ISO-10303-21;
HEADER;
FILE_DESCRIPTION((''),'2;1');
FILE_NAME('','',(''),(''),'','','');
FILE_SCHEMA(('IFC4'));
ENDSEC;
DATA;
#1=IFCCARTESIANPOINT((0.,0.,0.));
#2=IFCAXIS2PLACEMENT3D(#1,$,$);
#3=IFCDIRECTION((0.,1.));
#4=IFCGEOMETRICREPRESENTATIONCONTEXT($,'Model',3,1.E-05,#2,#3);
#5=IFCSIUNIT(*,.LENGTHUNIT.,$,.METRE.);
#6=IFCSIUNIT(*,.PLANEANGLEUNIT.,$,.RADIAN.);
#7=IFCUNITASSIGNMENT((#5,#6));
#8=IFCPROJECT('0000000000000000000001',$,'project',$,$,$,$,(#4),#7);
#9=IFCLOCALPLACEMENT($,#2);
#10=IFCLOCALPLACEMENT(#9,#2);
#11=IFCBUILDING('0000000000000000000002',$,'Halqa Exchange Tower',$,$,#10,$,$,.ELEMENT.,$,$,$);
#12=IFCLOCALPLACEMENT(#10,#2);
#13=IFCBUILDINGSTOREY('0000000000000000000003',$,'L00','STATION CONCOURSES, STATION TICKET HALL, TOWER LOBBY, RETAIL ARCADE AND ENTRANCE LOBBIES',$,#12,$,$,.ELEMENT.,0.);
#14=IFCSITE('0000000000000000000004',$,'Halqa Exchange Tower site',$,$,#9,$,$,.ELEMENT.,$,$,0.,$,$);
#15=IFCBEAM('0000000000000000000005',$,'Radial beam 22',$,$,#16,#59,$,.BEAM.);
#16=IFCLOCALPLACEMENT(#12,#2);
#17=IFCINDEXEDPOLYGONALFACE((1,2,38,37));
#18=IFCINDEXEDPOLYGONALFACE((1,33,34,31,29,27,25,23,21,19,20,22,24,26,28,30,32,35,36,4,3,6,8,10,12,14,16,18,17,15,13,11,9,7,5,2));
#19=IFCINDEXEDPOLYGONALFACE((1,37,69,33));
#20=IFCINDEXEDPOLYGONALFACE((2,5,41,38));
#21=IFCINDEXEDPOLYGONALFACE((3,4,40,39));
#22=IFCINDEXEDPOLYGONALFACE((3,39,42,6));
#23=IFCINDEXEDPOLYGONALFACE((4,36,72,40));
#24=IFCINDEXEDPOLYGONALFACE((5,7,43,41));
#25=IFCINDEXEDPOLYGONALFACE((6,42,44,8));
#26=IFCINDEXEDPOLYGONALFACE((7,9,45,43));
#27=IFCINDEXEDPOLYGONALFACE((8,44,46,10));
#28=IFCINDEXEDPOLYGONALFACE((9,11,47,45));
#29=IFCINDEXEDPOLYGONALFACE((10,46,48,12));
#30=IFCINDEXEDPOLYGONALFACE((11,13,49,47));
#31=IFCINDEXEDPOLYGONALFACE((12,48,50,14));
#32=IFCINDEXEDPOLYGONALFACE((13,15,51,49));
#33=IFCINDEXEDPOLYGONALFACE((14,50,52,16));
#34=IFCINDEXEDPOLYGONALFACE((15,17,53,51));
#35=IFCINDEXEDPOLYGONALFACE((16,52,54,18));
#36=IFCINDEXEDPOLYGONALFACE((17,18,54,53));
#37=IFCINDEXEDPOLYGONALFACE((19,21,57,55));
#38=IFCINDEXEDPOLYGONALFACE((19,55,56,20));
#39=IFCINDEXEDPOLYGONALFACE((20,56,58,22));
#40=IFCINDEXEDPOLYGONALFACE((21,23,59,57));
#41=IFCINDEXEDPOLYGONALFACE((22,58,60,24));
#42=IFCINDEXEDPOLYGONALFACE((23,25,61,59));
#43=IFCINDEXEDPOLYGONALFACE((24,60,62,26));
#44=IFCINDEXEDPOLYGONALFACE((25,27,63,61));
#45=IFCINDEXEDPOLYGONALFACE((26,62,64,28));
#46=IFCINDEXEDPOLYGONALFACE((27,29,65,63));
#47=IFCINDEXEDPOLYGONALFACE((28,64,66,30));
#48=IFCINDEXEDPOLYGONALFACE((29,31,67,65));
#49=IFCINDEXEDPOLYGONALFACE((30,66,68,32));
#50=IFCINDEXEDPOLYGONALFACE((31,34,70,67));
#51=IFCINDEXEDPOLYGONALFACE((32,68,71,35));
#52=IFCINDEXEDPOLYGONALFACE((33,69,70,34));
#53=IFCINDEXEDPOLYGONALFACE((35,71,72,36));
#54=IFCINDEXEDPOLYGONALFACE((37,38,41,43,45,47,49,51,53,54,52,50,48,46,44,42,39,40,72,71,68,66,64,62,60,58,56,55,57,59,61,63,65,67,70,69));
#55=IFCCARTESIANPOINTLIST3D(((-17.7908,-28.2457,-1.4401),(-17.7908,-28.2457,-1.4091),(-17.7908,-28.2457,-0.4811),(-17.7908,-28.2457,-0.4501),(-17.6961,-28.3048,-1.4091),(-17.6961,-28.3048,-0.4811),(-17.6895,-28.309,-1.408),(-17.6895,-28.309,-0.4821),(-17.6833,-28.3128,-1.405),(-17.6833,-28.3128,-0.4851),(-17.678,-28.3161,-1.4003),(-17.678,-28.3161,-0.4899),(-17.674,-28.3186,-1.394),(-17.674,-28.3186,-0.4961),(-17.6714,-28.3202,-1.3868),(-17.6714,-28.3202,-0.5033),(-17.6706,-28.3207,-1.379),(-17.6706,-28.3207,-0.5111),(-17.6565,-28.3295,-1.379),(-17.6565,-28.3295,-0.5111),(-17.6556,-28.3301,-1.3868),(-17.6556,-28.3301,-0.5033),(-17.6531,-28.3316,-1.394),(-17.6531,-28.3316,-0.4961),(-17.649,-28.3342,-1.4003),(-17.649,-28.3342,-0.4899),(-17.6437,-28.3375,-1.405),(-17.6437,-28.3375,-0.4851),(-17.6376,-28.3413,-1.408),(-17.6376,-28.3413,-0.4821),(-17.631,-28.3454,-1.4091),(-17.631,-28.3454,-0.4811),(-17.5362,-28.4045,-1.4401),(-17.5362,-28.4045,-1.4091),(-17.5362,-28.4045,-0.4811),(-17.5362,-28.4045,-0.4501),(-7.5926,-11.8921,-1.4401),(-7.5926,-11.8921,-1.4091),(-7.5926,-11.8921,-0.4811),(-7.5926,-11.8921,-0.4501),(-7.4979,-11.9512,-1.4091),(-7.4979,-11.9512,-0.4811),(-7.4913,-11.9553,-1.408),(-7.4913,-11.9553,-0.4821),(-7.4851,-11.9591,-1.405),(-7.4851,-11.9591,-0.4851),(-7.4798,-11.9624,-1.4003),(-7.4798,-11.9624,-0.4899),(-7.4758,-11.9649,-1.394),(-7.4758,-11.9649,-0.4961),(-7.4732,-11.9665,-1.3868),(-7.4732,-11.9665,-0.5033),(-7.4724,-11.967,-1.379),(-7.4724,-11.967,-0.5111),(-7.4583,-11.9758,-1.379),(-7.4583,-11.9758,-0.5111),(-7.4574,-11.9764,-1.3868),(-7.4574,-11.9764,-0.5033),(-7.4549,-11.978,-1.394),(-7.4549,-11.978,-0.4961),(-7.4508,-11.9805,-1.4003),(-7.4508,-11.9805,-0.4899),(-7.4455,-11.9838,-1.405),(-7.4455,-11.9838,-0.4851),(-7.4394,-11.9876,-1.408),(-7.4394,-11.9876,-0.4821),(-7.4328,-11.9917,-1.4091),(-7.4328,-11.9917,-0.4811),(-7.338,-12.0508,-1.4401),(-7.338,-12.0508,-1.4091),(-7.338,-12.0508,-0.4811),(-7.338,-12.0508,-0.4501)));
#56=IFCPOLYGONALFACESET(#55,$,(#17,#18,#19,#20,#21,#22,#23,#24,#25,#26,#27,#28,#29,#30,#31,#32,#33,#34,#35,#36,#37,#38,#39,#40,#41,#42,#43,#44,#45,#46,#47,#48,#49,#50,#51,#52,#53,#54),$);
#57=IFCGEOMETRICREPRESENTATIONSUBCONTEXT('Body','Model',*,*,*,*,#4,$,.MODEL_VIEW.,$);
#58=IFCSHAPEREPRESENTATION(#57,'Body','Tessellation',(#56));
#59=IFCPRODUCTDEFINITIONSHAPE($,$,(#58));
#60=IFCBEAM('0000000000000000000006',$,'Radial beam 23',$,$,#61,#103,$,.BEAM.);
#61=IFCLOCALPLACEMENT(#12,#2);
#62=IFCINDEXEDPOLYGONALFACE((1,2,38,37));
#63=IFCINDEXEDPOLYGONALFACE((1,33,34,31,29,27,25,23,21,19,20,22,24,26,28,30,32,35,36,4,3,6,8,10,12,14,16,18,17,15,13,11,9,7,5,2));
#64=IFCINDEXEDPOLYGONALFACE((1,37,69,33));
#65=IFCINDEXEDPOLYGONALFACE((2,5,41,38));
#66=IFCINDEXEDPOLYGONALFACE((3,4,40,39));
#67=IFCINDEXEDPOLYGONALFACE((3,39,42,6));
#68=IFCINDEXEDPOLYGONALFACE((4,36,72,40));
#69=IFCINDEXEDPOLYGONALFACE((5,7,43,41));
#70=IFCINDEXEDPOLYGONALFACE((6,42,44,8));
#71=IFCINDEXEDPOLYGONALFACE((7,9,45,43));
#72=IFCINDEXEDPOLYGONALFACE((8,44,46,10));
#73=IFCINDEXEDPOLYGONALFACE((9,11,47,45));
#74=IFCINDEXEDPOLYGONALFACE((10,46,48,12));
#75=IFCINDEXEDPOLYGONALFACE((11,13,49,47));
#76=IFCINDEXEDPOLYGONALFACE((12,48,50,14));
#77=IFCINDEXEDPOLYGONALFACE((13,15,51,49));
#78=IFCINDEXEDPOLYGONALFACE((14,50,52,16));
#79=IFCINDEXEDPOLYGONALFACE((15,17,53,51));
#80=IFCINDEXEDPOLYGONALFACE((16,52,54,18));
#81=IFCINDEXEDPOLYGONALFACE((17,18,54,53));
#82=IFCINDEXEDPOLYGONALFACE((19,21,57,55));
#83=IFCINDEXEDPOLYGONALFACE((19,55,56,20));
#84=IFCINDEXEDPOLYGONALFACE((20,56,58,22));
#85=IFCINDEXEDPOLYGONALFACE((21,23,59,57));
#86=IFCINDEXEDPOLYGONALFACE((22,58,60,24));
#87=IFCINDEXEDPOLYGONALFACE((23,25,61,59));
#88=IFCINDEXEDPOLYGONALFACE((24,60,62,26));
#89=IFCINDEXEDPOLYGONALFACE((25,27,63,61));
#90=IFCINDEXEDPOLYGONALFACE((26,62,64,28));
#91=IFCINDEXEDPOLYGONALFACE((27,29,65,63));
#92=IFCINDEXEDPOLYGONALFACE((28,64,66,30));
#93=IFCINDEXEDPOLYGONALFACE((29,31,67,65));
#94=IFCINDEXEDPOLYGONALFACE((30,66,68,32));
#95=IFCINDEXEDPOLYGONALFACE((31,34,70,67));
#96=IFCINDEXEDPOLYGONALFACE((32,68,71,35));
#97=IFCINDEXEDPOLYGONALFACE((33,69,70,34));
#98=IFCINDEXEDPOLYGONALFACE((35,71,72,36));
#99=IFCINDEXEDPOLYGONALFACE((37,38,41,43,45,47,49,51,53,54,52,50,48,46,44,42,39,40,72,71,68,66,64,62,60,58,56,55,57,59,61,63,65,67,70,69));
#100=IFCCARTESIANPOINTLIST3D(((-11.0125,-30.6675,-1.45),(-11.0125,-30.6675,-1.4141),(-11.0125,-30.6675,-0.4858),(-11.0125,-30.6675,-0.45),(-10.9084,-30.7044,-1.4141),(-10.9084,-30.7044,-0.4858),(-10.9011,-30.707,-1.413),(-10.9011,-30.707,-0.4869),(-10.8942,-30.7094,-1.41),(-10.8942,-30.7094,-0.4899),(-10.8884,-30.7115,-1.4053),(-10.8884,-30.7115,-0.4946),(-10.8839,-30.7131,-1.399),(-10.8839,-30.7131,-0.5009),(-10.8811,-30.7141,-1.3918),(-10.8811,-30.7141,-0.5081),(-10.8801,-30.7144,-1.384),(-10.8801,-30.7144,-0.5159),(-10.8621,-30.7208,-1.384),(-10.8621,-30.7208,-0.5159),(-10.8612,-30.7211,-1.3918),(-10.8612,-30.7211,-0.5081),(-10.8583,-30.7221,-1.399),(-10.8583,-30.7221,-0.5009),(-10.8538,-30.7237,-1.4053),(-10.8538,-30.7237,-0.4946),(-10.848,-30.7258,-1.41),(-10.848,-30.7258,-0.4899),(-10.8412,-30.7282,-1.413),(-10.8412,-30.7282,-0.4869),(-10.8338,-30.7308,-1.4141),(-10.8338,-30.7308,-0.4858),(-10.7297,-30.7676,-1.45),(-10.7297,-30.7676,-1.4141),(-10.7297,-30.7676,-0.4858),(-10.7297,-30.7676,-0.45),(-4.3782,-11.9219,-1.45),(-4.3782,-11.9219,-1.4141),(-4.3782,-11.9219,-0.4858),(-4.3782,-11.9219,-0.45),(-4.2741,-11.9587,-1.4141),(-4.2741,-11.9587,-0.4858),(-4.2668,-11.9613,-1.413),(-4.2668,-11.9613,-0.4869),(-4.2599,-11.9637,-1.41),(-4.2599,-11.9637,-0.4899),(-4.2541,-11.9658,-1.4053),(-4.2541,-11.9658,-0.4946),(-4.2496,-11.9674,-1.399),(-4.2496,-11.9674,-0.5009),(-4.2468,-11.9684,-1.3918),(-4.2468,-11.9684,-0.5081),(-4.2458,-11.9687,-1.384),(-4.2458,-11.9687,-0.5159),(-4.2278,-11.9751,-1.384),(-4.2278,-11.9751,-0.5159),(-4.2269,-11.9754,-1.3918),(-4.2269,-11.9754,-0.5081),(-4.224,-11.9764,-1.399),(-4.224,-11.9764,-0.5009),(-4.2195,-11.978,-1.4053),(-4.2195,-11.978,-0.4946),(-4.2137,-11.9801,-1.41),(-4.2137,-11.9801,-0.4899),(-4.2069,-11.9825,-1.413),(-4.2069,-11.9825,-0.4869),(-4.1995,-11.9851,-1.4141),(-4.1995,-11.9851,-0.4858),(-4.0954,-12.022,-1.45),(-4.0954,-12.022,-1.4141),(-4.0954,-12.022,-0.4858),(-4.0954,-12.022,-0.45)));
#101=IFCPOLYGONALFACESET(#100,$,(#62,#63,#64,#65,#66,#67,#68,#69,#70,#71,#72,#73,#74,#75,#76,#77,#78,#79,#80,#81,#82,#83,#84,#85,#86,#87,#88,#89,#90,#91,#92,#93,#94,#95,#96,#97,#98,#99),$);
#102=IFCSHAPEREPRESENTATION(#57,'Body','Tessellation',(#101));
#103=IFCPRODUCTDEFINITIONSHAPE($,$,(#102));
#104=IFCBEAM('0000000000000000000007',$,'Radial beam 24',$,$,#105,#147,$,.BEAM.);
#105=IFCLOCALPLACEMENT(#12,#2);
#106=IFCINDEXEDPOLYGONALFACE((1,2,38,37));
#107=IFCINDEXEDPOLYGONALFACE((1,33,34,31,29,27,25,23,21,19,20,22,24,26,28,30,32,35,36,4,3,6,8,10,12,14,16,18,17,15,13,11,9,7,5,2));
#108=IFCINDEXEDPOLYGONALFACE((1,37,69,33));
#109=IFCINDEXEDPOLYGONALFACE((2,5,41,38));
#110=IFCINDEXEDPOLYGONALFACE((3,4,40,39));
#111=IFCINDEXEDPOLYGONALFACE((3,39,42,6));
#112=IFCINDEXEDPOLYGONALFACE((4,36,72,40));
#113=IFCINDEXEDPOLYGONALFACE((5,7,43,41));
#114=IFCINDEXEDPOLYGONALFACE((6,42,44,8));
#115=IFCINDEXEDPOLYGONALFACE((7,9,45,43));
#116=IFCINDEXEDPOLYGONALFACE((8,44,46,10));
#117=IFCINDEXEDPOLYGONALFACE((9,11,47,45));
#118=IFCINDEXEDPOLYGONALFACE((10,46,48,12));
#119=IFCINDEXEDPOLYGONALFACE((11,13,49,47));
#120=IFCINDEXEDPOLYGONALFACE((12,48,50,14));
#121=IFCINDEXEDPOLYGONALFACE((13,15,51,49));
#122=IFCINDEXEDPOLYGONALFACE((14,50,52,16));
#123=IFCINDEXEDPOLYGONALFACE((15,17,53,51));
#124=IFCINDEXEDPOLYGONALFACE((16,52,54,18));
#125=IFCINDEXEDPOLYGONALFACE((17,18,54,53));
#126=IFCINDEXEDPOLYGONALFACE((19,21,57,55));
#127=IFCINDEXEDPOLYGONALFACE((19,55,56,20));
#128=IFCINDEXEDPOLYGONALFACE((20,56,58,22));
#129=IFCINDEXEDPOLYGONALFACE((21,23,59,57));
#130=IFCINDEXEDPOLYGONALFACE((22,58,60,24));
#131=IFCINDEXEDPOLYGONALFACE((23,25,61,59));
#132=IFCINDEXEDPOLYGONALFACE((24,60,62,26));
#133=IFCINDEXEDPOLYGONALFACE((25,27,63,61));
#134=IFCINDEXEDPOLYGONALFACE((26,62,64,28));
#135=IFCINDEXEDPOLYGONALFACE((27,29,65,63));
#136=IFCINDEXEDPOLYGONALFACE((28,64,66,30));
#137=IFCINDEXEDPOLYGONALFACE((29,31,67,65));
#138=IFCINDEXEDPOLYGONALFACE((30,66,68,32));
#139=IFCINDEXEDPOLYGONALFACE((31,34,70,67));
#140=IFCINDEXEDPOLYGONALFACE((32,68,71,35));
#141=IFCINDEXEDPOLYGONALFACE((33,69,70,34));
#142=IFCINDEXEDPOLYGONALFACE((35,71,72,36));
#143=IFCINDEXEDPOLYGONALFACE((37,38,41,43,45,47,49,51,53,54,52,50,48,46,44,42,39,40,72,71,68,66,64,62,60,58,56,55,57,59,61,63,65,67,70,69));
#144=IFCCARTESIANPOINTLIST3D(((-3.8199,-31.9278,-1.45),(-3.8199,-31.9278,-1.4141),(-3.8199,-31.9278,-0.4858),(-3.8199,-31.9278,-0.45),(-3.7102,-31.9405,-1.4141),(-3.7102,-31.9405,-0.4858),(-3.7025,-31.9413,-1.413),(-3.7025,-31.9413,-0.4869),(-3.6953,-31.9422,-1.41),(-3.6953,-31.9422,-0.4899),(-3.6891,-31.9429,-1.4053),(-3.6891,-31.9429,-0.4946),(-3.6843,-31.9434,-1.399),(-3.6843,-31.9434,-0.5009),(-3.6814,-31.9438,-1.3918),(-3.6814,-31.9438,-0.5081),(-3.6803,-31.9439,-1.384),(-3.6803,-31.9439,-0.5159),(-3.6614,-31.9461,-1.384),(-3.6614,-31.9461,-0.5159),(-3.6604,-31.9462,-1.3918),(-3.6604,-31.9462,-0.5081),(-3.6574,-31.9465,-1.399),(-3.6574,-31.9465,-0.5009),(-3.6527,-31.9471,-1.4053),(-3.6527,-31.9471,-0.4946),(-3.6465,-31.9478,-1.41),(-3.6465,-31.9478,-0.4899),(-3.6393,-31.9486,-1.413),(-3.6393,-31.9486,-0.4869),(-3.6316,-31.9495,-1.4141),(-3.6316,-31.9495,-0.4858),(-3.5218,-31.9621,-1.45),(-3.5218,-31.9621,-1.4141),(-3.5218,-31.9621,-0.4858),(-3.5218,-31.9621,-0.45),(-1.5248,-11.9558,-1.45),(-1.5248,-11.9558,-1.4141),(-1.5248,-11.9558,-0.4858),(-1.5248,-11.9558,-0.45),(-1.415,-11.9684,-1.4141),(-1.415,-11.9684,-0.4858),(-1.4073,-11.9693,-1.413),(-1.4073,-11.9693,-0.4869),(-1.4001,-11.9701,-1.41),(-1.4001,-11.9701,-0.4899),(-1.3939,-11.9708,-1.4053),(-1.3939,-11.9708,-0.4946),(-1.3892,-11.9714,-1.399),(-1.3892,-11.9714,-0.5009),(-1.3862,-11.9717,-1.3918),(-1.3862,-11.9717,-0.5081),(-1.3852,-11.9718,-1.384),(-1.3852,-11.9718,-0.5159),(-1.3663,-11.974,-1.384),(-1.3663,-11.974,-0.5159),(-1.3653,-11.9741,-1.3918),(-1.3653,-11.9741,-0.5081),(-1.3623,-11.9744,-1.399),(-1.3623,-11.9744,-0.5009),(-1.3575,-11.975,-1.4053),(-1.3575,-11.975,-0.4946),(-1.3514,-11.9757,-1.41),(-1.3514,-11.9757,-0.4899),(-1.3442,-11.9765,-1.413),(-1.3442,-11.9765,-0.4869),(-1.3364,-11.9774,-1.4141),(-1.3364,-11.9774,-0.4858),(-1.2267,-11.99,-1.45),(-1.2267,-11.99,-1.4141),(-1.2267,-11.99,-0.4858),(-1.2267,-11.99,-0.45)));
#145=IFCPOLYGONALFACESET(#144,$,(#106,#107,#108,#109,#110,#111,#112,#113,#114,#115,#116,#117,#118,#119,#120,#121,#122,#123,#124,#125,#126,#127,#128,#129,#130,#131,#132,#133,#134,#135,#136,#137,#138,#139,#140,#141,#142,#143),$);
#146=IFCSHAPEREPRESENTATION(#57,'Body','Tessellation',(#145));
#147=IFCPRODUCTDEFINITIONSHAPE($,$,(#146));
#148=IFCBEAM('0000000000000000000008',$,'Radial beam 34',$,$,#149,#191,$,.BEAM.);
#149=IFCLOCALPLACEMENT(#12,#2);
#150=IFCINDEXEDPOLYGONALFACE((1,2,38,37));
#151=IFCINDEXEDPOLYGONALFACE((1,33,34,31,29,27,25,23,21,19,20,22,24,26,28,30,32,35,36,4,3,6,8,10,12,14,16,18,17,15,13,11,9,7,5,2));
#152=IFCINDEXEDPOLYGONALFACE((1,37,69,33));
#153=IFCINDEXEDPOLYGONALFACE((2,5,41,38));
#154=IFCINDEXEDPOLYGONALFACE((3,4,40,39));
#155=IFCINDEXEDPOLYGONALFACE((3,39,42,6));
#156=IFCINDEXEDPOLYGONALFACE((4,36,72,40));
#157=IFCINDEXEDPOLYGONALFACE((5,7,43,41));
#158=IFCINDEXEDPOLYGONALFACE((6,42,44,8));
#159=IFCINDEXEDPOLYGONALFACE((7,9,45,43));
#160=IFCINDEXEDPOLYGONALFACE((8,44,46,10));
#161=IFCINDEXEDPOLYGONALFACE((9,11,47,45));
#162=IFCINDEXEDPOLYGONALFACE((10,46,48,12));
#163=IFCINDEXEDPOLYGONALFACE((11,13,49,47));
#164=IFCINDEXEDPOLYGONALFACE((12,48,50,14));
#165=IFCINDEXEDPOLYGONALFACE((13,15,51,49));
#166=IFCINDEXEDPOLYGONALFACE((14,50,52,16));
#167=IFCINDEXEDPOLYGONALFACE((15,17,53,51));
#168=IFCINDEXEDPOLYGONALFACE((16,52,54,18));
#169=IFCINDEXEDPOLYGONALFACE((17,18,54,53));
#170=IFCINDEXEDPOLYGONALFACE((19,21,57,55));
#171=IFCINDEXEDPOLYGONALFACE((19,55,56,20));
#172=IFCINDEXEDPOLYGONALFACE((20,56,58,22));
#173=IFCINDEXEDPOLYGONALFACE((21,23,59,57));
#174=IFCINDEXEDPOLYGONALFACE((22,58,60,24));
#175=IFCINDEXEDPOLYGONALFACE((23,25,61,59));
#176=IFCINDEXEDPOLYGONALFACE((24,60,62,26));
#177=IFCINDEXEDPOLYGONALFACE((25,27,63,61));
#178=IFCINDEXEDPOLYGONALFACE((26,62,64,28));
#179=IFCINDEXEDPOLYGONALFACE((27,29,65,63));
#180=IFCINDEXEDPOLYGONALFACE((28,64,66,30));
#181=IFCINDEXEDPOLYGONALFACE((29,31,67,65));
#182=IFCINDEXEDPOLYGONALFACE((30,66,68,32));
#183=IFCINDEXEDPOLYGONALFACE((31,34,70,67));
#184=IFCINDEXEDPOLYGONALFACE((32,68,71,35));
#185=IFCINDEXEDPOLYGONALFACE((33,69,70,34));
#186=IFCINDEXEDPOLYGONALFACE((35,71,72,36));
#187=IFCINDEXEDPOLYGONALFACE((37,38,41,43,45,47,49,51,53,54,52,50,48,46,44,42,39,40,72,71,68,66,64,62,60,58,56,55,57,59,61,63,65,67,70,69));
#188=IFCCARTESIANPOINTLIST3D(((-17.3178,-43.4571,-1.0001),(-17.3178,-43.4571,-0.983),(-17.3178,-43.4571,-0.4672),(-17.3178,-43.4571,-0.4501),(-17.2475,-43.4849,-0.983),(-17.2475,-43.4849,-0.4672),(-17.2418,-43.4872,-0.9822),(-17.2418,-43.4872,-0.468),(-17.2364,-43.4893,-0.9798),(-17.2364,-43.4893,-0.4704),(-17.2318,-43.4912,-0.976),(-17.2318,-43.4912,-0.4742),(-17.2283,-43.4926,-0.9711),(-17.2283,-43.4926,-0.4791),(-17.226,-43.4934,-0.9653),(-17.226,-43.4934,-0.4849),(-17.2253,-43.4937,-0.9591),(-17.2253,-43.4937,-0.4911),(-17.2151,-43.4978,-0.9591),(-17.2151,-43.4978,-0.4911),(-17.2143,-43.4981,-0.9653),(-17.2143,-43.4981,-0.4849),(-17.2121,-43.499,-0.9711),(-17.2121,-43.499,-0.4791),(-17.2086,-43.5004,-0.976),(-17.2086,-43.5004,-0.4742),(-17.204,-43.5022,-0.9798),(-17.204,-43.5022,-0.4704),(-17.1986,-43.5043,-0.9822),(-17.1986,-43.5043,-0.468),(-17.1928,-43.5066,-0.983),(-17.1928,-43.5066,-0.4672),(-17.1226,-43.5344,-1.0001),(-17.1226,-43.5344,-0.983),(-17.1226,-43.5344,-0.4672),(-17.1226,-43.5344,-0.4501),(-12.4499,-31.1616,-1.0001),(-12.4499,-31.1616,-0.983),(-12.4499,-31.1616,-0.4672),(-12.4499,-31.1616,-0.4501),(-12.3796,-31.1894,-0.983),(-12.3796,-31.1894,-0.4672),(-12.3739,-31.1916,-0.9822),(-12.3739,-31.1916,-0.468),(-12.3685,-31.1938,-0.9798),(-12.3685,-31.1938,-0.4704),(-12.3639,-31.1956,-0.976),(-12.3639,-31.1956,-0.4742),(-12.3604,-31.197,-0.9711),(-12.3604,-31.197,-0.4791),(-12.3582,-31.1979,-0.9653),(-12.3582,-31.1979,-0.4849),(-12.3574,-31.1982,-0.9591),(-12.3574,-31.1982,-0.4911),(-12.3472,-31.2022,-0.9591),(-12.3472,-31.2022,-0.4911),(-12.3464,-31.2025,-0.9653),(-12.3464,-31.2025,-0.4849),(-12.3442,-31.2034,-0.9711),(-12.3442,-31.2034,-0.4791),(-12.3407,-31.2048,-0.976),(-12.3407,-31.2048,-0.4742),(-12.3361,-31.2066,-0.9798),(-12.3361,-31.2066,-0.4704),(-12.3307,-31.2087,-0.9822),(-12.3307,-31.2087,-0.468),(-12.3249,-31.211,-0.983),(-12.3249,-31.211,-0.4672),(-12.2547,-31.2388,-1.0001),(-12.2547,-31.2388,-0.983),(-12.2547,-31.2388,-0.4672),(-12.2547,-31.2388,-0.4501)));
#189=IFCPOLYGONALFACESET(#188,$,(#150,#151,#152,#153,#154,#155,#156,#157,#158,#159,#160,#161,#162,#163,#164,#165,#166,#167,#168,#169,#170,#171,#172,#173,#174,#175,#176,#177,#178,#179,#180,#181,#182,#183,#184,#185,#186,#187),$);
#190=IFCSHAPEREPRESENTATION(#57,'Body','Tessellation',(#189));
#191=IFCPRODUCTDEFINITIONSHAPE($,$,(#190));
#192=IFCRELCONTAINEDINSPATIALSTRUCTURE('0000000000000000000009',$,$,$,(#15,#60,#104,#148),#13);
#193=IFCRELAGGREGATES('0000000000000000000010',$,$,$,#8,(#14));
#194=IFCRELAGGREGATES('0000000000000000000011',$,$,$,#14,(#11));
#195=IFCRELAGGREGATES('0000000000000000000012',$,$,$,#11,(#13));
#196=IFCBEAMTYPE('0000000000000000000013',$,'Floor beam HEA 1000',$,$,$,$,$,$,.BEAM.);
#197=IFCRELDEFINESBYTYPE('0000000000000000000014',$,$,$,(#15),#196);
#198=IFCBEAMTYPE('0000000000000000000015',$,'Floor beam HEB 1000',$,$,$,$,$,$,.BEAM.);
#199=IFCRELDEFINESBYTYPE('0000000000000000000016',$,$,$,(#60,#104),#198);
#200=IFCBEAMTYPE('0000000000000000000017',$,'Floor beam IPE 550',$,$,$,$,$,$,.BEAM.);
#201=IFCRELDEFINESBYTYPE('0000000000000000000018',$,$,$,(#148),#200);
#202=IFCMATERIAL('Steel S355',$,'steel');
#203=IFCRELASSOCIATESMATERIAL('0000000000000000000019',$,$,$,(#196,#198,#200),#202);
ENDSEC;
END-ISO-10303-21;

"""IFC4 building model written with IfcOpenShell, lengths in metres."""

from ifc_helpers import new_model, si_unit, direction, frame, origin, origin_2d, place, context, subcontext, project, spatial, i_section, extrude, material, material_profile, profile_set, type_object, element, save


model = new_model("IFC4")

# Units and contexts
model_context = context("Model", 3, precision=1e-05, world=origin(), true_north=direction((0.0, 1.0)))
body_context = subcontext(model_context, "Body", "Model", "MODEL_VIEW")
ifc_project = project(units=[si_unit("LENGTHUNIT", "METRE"), si_unit("PLANEANGLEUNIT", "RADIAN")], contexts=[model_context])

# Site, building, storey
site_placement = place(None, origin())
site = spatial("IfcSite", under=ifc_project, at=site_placement, Name="Halqa Exchange Tower site", CompositionType="ELEMENT", RefElevation=0.0)
building_placement = place(site_placement, origin())
building = spatial("IfcBuilding", under=site, at=building_placement, Name="Halqa Exchange Tower", CompositionType="ELEMENT")
storey_placement = place(building_placement, origin())
storey = spatial("IfcBuildingStorey", under=building, at=storey_placement, Name="L00", Description="STATION CONCOURSES, STATION TICKET HALL, TOWER LOBBY, RETAIL ARCADE AND ENTRANCE LOBBIES", CompositionType="ELEMENT", Elevation=0.0)

# Beams
ifc_material_1 = material(Name="Steel S355", Category="steel")
ifc_material_profile_1 = material_profile(ifc_material_1, i_section(OverallWidth=0.3, OverallDepth=0.99, WebThickness=0.0166, FlangeThickness=0.031, FilletRadius=0.03, at=origin_2d()), Name="HEA 1000")
ifc_profile_set_1 = profile_set([ifc_material_profile_1], Name="Steel S355")
beam_type_1 = type_object("IfcBeamType", Name="Floor beam HEA 1000", PredefinedType="BEAM", material=ifc_profile_set_1)
beam_1_placement = place(storey_placement, frame((-7.4653, -11.9714, -0.9451), z_axis=(-0.529146, -0.848531, 0.0), x_axis=(0.848531, -0.529146, 0.0)))
element("IfcBeam", 1, at=beam_1_placement, inside=storey, type_object=beam_type_1, Name="Radial beam 22", PredefinedType="BEAM", context=body_context, shape_type="SweptSolid", body=[
    extrude(i_section(OverallWidth=0.3, OverallDepth=0.99, WebThickness=0.0166, FlangeThickness=0.031, FilletRadius=0.03, at=origin_2d()), origin(), (0.0, 0.0, 1.0), 19.2729),
])
ifc_material_profile_2 = material_profile(ifc_material_1, i_section(OverallWidth=0.3, OverallDepth=1.0, WebThickness=0.019, FlangeThickness=0.0359, FilletRadius=0.03, at=origin_2d()), Name="HEB 1000")
ifc_profile_set_2 = profile_set([ifc_material_profile_2], Name="Steel S355")
beam_type_2 = type_object("IfcBeamType", Name="Floor beam HEB 1000", PredefinedType="BEAM", material=ifc_profile_set_2)
beam_2_placement = place(storey_placement, frame((-4.2368, -11.9719, -0.95), z_axis=(-0.333633, -0.942703, 0.0), x_axis=(0.942703, -0.333633, 0.0)))
element("IfcBeam", 2, at=beam_2_placement, inside=storey, type_object=beam_type_2, Name="Radial beam 23", PredefinedType="BEAM", context=body_context, shape_type="SweptSolid", body=[
    extrude(i_section(OverallWidth=0.3, OverallDepth=1.0, WebThickness=0.019, FlangeThickness=0.0359, FilletRadius=0.03, at=origin_2d()), origin(), (0.0, 0.0, 1.0), 19.885),
])
beam_3_placement = place(storey_placement, frame((-1.3757, -11.9729, -0.95), z_axis=(-0.114167, -0.993462, 0.0), x_axis=(0.993462, -0.114167, 0.0)))
element("IfcBeam", 3, at=beam_3_placement, inside=storey, type_object=beam_type_2, Name="Radial beam 24", PredefinedType="BEAM", context=body_context, shape_type="SweptSolid", body=[
    extrude(i_section(OverallWidth=0.3, OverallDepth=1.0, WebThickness=0.019, FlangeThickness=0.0359, FilletRadius=0.03, at=origin_2d()), origin(), (0.0, 0.0, 1.0), 20.1035),
])
ifc_material_profile_3 = material_profile(ifc_material_1, i_section(OverallWidth=0.21, OverallDepth=0.55, WebThickness=0.011, FlangeThickness=0.0171, FilletRadius=0.0239, at=origin_2d()), Name="IPE 550")
ifc_profile_set_3 = profile_set([ifc_material_profile_3], Name="Steel S355")
beam_type_3 = type_object("IfcBeamType", Name="Floor beam IPE 550", PredefinedType="BEAM", material=ifc_profile_set_3)
beam_4_placement = place(storey_placement, frame((-12.3523, -31.2002, -0.7251), z_axis=(-0.368107, -0.929784, 0.0), x_axis=(0.929784, -0.368107, 0.0)))
element("IfcBeam", 4, at=beam_4_placement, inside=storey, type_object=beam_type_3, Name="Radial beam 34", PredefinedType="BEAM", context=body_context, shape_type="SweptSolid", body=[
    extrude(i_section(OverallWidth=0.21, OverallDepth=0.55, WebThickness=0.011, FlangeThickness=0.0171, FilletRadius=0.0239, at=origin_2d()), origin(), (0.0, 0.0, 1.0), 13.2241),
])

save(model, "model.ifc")
